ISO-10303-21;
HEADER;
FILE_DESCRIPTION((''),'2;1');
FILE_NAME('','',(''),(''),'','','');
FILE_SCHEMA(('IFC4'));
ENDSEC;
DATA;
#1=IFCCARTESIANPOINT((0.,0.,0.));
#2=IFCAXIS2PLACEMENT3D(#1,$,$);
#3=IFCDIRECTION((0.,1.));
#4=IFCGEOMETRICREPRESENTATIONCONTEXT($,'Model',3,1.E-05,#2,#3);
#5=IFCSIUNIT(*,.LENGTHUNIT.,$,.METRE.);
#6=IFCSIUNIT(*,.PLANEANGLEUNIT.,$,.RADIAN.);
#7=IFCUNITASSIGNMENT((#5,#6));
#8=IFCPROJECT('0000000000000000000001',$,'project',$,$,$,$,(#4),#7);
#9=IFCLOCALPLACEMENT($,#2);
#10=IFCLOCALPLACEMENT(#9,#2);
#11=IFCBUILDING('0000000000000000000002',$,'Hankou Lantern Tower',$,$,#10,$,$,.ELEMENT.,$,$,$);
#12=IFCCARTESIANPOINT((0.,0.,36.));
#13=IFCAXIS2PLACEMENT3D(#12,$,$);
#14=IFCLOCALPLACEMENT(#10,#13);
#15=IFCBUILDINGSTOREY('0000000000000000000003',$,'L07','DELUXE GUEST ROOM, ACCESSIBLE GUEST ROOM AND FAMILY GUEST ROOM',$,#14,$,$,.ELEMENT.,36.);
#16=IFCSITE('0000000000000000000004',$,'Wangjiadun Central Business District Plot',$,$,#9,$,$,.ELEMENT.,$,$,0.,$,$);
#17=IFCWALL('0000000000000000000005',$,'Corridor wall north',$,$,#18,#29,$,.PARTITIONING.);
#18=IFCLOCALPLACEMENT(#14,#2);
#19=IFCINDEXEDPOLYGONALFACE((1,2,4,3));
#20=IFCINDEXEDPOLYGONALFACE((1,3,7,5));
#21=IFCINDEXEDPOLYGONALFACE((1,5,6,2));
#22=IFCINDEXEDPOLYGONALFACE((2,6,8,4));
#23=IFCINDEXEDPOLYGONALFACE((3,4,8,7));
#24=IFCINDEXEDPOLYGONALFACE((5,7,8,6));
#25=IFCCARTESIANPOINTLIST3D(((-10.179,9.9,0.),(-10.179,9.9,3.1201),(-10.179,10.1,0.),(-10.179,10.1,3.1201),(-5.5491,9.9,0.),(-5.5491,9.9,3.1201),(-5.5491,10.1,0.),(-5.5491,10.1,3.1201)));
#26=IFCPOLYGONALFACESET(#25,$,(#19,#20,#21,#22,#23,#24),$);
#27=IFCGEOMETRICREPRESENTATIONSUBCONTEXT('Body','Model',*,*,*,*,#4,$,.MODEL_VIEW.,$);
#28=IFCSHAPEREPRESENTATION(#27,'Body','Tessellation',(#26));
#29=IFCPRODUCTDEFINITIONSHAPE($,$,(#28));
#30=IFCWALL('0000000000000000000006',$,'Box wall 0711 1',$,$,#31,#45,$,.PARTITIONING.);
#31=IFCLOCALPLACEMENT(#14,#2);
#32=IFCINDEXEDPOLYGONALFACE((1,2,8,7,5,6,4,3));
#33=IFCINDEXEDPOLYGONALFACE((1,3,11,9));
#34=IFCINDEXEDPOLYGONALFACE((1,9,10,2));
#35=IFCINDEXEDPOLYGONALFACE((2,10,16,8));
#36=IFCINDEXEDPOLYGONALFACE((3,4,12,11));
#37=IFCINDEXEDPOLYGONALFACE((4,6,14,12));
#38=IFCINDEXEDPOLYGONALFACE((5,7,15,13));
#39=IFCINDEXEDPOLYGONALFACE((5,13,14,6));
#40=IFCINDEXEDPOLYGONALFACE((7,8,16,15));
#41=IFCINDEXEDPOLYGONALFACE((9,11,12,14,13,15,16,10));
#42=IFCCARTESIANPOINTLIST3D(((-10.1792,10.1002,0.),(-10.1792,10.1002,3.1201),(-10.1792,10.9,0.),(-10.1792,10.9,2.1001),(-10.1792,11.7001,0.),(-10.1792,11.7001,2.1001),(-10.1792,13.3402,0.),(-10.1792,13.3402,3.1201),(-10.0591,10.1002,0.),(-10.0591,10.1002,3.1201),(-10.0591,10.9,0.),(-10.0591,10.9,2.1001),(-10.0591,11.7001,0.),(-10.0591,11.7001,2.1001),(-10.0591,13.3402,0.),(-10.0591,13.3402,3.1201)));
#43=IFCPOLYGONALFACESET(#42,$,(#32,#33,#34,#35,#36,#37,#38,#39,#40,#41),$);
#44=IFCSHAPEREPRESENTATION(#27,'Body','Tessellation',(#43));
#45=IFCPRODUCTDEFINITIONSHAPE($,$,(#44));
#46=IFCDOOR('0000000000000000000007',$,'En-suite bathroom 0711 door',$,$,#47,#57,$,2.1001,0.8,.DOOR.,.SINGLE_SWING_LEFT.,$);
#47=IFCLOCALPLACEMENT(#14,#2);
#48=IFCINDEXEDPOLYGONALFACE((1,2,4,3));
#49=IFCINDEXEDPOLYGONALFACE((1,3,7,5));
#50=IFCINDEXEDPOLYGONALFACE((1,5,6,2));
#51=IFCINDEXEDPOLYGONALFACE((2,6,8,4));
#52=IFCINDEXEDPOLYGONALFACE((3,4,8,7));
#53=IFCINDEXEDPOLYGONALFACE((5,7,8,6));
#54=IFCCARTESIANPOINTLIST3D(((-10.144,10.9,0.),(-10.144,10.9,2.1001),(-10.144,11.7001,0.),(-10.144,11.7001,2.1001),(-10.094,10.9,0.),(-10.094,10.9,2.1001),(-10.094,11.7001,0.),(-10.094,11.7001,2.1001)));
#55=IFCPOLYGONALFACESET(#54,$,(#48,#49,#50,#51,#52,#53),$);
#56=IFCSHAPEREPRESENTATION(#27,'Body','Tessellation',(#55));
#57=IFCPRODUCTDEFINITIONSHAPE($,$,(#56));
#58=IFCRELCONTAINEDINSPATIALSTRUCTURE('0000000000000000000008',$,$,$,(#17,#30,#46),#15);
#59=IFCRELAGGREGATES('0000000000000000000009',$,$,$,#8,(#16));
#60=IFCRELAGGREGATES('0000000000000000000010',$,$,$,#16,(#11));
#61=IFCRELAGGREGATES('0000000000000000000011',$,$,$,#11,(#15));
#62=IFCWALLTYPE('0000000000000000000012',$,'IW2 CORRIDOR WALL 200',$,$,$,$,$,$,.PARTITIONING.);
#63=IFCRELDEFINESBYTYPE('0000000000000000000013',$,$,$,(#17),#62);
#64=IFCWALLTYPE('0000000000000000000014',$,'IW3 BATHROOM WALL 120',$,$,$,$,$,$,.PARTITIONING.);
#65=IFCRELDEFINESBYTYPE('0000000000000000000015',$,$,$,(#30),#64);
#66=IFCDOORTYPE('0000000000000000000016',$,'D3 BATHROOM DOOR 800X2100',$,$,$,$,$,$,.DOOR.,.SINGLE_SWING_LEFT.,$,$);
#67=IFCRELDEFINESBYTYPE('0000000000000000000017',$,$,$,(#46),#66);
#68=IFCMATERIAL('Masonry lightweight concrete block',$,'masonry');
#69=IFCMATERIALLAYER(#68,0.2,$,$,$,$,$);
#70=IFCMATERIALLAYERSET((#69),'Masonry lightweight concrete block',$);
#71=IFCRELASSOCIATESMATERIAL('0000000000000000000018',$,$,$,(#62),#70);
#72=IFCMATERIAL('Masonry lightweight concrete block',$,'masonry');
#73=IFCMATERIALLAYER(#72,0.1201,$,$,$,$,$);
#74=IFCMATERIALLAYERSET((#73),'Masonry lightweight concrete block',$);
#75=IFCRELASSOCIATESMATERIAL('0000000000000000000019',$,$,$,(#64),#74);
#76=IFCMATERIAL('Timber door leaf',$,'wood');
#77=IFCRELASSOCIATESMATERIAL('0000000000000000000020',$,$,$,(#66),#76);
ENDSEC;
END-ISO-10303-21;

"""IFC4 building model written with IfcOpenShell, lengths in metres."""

from ifc_helpers import new_model, si_unit, direction, frame, frame_2d, origin, place, context, subcontext, project, spatial, rectangle, extrude, material, layer, layer_set, type_object, element, fill, save


model = new_model("IFC4")

# Units and contexts
model_context = context("Model", 3, precision=1e-05, world=origin(), true_north=direction((0.0, 1.0)))
body_context = subcontext(model_context, "Body", "Model", "MODEL_VIEW")
ifc_project = project(units=[si_unit("LENGTHUNIT", "METRE"), si_unit("PLANEANGLEUNIT", "RADIAN")], contexts=[model_context])

# Site, building, storey
site_placement = place(None, origin())
site = spatial("IfcSite", under=ifc_project, at=site_placement, Name="Wangjiadun Central Business District Plot", CompositionType="ELEMENT", RefElevation=0.0)
building_placement = place(site_placement, origin())
building = spatial("IfcBuilding", under=site, at=building_placement, Name="Hankou Lantern Tower", CompositionType="ELEMENT")
storey_placement = place(building_placement, frame((0.0, 0.0, 36.0)))
storey = spatial("IfcBuildingStorey", under=building, at=storey_placement, Name="L07", Description="DELUXE GUEST ROOM, ACCESSIBLE GUEST ROOM AND FAMILY GUEST ROOM", CompositionType="ELEMENT", Elevation=36.0)

# Shared definitions
ifc_material_1 = material(Name="Masonry lightweight concrete block", Category="masonry")
ifc_layer_1 = layer(ifc_material_1, 0.2)
ifc_layer_set_1 = layer_set([ifc_layer_1], Name="Masonry lightweight concrete block")
wall_type_1 = type_object("IfcWallType", Name="IW2 CORRIDOR WALL 200", PredefinedType="PARTITIONING", material=ifc_layer_set_1)

# Wall
wall_1_placement = place(storey_placement, frame((-10.179, 10.0, 0.0), z_axis=(0.0, 0.0, 1.0), x_axis=(1.0, 0.0, 0.0)))
element("IfcWall", 1, at=wall_1_placement, inside=storey, type_object=wall_type_1, Name="Corridor wall north", PredefinedType="PARTITIONING", context=body_context, shape_type="SweptSolid", body=[
    extrude(rectangle(XDim=4.6299, YDim=0.2, at=frame_2d((2.3149, 0.0))), origin(), (0.0, 0.0, 1.0), 3.1201),
])

# Wall, opening, door
ifc_material_2 = material(Name="Masonry lightweight concrete block", Category="masonry")
ifc_layer_2 = layer(ifc_material_2, 0.1201)
ifc_layer_set_2 = layer_set([ifc_layer_2], Name="Masonry lightweight concrete block")
wall_type_2 = type_object("IfcWallType", Name="IW3 BATHROOM WALL 120", PredefinedType="PARTITIONING", material=ifc_layer_set_2)
wall_2_placement = place(storey_placement, frame((-10.1191, 10.1001, 0.0), z_axis=(0.0, 0.0, 1.0), x_axis=(0.0, 1.0, 0.0)))
wall_2 = element("IfcWall", 2, at=wall_2_placement, inside=storey, type_object=wall_type_2, Name="Box wall 0711 1", PredefinedType="PARTITIONING", context=body_context, shape_type="SweptSolid", body=[
    extrude(rectangle(XDim=3.24, YDim=0.1201, at=frame_2d((1.6201, 0.0))), origin(), (0.0, 0.0, 1.0), 3.1201),
])
opening_1_placement = place(wall_2_placement, frame((0.8, 0.0, 0.0)))
opening_1 = element("IfcOpeningElement", 3, at=opening_1_placement, cuts=wall_2, PredefinedType="OPENING", context=body_context, shape_type="SweptSolid", body=[
    extrude(rectangle(XDim=0.8, YDim=2.1001, at=frame_2d((0.3999, 1.05))), frame((0.0, 0.0701, 0.0), z_axis=(0.0, -1.0, 0.0), x_axis=(1.0, 0.0, 0.0)), (0.0, 0.0, 1.0), 0.1401),
])
ifc_material_3 = material(Name="Timber door leaf", Category="wood")
door_type_1 = type_object("IfcDoorType", Name="D3 BATHROOM DOOR 800X2100", OperationType="SINGLE_SWING_LEFT", PredefinedType="DOOR", material=ifc_material_3)
door_1_placement = place(opening_1_placement, origin())
door_1 = element("IfcDoor", 4, at=door_1_placement, inside=storey, type_object=door_type_1, Name="En-suite bathroom 0711 door", OperationType="SINGLE_SWING_LEFT", OverallHeight=2.1001, OverallWidth=0.8, PredefinedType="DOOR", context=body_context, shape_type="SweptSolid", body=[
    extrude(rectangle(XDim=0.8, YDim=2.1001, at=frame_2d((0.3999, 1.05))), frame((0.0, 0.0249, 0.0), z_axis=(0.0, -1.0, 0.0), x_axis=(1.0, 0.0, 0.0)), (0.0, 0.0, 1.0), 0.05),
])
fill(opening_1, door_1)

save(model, "model.ifc")
